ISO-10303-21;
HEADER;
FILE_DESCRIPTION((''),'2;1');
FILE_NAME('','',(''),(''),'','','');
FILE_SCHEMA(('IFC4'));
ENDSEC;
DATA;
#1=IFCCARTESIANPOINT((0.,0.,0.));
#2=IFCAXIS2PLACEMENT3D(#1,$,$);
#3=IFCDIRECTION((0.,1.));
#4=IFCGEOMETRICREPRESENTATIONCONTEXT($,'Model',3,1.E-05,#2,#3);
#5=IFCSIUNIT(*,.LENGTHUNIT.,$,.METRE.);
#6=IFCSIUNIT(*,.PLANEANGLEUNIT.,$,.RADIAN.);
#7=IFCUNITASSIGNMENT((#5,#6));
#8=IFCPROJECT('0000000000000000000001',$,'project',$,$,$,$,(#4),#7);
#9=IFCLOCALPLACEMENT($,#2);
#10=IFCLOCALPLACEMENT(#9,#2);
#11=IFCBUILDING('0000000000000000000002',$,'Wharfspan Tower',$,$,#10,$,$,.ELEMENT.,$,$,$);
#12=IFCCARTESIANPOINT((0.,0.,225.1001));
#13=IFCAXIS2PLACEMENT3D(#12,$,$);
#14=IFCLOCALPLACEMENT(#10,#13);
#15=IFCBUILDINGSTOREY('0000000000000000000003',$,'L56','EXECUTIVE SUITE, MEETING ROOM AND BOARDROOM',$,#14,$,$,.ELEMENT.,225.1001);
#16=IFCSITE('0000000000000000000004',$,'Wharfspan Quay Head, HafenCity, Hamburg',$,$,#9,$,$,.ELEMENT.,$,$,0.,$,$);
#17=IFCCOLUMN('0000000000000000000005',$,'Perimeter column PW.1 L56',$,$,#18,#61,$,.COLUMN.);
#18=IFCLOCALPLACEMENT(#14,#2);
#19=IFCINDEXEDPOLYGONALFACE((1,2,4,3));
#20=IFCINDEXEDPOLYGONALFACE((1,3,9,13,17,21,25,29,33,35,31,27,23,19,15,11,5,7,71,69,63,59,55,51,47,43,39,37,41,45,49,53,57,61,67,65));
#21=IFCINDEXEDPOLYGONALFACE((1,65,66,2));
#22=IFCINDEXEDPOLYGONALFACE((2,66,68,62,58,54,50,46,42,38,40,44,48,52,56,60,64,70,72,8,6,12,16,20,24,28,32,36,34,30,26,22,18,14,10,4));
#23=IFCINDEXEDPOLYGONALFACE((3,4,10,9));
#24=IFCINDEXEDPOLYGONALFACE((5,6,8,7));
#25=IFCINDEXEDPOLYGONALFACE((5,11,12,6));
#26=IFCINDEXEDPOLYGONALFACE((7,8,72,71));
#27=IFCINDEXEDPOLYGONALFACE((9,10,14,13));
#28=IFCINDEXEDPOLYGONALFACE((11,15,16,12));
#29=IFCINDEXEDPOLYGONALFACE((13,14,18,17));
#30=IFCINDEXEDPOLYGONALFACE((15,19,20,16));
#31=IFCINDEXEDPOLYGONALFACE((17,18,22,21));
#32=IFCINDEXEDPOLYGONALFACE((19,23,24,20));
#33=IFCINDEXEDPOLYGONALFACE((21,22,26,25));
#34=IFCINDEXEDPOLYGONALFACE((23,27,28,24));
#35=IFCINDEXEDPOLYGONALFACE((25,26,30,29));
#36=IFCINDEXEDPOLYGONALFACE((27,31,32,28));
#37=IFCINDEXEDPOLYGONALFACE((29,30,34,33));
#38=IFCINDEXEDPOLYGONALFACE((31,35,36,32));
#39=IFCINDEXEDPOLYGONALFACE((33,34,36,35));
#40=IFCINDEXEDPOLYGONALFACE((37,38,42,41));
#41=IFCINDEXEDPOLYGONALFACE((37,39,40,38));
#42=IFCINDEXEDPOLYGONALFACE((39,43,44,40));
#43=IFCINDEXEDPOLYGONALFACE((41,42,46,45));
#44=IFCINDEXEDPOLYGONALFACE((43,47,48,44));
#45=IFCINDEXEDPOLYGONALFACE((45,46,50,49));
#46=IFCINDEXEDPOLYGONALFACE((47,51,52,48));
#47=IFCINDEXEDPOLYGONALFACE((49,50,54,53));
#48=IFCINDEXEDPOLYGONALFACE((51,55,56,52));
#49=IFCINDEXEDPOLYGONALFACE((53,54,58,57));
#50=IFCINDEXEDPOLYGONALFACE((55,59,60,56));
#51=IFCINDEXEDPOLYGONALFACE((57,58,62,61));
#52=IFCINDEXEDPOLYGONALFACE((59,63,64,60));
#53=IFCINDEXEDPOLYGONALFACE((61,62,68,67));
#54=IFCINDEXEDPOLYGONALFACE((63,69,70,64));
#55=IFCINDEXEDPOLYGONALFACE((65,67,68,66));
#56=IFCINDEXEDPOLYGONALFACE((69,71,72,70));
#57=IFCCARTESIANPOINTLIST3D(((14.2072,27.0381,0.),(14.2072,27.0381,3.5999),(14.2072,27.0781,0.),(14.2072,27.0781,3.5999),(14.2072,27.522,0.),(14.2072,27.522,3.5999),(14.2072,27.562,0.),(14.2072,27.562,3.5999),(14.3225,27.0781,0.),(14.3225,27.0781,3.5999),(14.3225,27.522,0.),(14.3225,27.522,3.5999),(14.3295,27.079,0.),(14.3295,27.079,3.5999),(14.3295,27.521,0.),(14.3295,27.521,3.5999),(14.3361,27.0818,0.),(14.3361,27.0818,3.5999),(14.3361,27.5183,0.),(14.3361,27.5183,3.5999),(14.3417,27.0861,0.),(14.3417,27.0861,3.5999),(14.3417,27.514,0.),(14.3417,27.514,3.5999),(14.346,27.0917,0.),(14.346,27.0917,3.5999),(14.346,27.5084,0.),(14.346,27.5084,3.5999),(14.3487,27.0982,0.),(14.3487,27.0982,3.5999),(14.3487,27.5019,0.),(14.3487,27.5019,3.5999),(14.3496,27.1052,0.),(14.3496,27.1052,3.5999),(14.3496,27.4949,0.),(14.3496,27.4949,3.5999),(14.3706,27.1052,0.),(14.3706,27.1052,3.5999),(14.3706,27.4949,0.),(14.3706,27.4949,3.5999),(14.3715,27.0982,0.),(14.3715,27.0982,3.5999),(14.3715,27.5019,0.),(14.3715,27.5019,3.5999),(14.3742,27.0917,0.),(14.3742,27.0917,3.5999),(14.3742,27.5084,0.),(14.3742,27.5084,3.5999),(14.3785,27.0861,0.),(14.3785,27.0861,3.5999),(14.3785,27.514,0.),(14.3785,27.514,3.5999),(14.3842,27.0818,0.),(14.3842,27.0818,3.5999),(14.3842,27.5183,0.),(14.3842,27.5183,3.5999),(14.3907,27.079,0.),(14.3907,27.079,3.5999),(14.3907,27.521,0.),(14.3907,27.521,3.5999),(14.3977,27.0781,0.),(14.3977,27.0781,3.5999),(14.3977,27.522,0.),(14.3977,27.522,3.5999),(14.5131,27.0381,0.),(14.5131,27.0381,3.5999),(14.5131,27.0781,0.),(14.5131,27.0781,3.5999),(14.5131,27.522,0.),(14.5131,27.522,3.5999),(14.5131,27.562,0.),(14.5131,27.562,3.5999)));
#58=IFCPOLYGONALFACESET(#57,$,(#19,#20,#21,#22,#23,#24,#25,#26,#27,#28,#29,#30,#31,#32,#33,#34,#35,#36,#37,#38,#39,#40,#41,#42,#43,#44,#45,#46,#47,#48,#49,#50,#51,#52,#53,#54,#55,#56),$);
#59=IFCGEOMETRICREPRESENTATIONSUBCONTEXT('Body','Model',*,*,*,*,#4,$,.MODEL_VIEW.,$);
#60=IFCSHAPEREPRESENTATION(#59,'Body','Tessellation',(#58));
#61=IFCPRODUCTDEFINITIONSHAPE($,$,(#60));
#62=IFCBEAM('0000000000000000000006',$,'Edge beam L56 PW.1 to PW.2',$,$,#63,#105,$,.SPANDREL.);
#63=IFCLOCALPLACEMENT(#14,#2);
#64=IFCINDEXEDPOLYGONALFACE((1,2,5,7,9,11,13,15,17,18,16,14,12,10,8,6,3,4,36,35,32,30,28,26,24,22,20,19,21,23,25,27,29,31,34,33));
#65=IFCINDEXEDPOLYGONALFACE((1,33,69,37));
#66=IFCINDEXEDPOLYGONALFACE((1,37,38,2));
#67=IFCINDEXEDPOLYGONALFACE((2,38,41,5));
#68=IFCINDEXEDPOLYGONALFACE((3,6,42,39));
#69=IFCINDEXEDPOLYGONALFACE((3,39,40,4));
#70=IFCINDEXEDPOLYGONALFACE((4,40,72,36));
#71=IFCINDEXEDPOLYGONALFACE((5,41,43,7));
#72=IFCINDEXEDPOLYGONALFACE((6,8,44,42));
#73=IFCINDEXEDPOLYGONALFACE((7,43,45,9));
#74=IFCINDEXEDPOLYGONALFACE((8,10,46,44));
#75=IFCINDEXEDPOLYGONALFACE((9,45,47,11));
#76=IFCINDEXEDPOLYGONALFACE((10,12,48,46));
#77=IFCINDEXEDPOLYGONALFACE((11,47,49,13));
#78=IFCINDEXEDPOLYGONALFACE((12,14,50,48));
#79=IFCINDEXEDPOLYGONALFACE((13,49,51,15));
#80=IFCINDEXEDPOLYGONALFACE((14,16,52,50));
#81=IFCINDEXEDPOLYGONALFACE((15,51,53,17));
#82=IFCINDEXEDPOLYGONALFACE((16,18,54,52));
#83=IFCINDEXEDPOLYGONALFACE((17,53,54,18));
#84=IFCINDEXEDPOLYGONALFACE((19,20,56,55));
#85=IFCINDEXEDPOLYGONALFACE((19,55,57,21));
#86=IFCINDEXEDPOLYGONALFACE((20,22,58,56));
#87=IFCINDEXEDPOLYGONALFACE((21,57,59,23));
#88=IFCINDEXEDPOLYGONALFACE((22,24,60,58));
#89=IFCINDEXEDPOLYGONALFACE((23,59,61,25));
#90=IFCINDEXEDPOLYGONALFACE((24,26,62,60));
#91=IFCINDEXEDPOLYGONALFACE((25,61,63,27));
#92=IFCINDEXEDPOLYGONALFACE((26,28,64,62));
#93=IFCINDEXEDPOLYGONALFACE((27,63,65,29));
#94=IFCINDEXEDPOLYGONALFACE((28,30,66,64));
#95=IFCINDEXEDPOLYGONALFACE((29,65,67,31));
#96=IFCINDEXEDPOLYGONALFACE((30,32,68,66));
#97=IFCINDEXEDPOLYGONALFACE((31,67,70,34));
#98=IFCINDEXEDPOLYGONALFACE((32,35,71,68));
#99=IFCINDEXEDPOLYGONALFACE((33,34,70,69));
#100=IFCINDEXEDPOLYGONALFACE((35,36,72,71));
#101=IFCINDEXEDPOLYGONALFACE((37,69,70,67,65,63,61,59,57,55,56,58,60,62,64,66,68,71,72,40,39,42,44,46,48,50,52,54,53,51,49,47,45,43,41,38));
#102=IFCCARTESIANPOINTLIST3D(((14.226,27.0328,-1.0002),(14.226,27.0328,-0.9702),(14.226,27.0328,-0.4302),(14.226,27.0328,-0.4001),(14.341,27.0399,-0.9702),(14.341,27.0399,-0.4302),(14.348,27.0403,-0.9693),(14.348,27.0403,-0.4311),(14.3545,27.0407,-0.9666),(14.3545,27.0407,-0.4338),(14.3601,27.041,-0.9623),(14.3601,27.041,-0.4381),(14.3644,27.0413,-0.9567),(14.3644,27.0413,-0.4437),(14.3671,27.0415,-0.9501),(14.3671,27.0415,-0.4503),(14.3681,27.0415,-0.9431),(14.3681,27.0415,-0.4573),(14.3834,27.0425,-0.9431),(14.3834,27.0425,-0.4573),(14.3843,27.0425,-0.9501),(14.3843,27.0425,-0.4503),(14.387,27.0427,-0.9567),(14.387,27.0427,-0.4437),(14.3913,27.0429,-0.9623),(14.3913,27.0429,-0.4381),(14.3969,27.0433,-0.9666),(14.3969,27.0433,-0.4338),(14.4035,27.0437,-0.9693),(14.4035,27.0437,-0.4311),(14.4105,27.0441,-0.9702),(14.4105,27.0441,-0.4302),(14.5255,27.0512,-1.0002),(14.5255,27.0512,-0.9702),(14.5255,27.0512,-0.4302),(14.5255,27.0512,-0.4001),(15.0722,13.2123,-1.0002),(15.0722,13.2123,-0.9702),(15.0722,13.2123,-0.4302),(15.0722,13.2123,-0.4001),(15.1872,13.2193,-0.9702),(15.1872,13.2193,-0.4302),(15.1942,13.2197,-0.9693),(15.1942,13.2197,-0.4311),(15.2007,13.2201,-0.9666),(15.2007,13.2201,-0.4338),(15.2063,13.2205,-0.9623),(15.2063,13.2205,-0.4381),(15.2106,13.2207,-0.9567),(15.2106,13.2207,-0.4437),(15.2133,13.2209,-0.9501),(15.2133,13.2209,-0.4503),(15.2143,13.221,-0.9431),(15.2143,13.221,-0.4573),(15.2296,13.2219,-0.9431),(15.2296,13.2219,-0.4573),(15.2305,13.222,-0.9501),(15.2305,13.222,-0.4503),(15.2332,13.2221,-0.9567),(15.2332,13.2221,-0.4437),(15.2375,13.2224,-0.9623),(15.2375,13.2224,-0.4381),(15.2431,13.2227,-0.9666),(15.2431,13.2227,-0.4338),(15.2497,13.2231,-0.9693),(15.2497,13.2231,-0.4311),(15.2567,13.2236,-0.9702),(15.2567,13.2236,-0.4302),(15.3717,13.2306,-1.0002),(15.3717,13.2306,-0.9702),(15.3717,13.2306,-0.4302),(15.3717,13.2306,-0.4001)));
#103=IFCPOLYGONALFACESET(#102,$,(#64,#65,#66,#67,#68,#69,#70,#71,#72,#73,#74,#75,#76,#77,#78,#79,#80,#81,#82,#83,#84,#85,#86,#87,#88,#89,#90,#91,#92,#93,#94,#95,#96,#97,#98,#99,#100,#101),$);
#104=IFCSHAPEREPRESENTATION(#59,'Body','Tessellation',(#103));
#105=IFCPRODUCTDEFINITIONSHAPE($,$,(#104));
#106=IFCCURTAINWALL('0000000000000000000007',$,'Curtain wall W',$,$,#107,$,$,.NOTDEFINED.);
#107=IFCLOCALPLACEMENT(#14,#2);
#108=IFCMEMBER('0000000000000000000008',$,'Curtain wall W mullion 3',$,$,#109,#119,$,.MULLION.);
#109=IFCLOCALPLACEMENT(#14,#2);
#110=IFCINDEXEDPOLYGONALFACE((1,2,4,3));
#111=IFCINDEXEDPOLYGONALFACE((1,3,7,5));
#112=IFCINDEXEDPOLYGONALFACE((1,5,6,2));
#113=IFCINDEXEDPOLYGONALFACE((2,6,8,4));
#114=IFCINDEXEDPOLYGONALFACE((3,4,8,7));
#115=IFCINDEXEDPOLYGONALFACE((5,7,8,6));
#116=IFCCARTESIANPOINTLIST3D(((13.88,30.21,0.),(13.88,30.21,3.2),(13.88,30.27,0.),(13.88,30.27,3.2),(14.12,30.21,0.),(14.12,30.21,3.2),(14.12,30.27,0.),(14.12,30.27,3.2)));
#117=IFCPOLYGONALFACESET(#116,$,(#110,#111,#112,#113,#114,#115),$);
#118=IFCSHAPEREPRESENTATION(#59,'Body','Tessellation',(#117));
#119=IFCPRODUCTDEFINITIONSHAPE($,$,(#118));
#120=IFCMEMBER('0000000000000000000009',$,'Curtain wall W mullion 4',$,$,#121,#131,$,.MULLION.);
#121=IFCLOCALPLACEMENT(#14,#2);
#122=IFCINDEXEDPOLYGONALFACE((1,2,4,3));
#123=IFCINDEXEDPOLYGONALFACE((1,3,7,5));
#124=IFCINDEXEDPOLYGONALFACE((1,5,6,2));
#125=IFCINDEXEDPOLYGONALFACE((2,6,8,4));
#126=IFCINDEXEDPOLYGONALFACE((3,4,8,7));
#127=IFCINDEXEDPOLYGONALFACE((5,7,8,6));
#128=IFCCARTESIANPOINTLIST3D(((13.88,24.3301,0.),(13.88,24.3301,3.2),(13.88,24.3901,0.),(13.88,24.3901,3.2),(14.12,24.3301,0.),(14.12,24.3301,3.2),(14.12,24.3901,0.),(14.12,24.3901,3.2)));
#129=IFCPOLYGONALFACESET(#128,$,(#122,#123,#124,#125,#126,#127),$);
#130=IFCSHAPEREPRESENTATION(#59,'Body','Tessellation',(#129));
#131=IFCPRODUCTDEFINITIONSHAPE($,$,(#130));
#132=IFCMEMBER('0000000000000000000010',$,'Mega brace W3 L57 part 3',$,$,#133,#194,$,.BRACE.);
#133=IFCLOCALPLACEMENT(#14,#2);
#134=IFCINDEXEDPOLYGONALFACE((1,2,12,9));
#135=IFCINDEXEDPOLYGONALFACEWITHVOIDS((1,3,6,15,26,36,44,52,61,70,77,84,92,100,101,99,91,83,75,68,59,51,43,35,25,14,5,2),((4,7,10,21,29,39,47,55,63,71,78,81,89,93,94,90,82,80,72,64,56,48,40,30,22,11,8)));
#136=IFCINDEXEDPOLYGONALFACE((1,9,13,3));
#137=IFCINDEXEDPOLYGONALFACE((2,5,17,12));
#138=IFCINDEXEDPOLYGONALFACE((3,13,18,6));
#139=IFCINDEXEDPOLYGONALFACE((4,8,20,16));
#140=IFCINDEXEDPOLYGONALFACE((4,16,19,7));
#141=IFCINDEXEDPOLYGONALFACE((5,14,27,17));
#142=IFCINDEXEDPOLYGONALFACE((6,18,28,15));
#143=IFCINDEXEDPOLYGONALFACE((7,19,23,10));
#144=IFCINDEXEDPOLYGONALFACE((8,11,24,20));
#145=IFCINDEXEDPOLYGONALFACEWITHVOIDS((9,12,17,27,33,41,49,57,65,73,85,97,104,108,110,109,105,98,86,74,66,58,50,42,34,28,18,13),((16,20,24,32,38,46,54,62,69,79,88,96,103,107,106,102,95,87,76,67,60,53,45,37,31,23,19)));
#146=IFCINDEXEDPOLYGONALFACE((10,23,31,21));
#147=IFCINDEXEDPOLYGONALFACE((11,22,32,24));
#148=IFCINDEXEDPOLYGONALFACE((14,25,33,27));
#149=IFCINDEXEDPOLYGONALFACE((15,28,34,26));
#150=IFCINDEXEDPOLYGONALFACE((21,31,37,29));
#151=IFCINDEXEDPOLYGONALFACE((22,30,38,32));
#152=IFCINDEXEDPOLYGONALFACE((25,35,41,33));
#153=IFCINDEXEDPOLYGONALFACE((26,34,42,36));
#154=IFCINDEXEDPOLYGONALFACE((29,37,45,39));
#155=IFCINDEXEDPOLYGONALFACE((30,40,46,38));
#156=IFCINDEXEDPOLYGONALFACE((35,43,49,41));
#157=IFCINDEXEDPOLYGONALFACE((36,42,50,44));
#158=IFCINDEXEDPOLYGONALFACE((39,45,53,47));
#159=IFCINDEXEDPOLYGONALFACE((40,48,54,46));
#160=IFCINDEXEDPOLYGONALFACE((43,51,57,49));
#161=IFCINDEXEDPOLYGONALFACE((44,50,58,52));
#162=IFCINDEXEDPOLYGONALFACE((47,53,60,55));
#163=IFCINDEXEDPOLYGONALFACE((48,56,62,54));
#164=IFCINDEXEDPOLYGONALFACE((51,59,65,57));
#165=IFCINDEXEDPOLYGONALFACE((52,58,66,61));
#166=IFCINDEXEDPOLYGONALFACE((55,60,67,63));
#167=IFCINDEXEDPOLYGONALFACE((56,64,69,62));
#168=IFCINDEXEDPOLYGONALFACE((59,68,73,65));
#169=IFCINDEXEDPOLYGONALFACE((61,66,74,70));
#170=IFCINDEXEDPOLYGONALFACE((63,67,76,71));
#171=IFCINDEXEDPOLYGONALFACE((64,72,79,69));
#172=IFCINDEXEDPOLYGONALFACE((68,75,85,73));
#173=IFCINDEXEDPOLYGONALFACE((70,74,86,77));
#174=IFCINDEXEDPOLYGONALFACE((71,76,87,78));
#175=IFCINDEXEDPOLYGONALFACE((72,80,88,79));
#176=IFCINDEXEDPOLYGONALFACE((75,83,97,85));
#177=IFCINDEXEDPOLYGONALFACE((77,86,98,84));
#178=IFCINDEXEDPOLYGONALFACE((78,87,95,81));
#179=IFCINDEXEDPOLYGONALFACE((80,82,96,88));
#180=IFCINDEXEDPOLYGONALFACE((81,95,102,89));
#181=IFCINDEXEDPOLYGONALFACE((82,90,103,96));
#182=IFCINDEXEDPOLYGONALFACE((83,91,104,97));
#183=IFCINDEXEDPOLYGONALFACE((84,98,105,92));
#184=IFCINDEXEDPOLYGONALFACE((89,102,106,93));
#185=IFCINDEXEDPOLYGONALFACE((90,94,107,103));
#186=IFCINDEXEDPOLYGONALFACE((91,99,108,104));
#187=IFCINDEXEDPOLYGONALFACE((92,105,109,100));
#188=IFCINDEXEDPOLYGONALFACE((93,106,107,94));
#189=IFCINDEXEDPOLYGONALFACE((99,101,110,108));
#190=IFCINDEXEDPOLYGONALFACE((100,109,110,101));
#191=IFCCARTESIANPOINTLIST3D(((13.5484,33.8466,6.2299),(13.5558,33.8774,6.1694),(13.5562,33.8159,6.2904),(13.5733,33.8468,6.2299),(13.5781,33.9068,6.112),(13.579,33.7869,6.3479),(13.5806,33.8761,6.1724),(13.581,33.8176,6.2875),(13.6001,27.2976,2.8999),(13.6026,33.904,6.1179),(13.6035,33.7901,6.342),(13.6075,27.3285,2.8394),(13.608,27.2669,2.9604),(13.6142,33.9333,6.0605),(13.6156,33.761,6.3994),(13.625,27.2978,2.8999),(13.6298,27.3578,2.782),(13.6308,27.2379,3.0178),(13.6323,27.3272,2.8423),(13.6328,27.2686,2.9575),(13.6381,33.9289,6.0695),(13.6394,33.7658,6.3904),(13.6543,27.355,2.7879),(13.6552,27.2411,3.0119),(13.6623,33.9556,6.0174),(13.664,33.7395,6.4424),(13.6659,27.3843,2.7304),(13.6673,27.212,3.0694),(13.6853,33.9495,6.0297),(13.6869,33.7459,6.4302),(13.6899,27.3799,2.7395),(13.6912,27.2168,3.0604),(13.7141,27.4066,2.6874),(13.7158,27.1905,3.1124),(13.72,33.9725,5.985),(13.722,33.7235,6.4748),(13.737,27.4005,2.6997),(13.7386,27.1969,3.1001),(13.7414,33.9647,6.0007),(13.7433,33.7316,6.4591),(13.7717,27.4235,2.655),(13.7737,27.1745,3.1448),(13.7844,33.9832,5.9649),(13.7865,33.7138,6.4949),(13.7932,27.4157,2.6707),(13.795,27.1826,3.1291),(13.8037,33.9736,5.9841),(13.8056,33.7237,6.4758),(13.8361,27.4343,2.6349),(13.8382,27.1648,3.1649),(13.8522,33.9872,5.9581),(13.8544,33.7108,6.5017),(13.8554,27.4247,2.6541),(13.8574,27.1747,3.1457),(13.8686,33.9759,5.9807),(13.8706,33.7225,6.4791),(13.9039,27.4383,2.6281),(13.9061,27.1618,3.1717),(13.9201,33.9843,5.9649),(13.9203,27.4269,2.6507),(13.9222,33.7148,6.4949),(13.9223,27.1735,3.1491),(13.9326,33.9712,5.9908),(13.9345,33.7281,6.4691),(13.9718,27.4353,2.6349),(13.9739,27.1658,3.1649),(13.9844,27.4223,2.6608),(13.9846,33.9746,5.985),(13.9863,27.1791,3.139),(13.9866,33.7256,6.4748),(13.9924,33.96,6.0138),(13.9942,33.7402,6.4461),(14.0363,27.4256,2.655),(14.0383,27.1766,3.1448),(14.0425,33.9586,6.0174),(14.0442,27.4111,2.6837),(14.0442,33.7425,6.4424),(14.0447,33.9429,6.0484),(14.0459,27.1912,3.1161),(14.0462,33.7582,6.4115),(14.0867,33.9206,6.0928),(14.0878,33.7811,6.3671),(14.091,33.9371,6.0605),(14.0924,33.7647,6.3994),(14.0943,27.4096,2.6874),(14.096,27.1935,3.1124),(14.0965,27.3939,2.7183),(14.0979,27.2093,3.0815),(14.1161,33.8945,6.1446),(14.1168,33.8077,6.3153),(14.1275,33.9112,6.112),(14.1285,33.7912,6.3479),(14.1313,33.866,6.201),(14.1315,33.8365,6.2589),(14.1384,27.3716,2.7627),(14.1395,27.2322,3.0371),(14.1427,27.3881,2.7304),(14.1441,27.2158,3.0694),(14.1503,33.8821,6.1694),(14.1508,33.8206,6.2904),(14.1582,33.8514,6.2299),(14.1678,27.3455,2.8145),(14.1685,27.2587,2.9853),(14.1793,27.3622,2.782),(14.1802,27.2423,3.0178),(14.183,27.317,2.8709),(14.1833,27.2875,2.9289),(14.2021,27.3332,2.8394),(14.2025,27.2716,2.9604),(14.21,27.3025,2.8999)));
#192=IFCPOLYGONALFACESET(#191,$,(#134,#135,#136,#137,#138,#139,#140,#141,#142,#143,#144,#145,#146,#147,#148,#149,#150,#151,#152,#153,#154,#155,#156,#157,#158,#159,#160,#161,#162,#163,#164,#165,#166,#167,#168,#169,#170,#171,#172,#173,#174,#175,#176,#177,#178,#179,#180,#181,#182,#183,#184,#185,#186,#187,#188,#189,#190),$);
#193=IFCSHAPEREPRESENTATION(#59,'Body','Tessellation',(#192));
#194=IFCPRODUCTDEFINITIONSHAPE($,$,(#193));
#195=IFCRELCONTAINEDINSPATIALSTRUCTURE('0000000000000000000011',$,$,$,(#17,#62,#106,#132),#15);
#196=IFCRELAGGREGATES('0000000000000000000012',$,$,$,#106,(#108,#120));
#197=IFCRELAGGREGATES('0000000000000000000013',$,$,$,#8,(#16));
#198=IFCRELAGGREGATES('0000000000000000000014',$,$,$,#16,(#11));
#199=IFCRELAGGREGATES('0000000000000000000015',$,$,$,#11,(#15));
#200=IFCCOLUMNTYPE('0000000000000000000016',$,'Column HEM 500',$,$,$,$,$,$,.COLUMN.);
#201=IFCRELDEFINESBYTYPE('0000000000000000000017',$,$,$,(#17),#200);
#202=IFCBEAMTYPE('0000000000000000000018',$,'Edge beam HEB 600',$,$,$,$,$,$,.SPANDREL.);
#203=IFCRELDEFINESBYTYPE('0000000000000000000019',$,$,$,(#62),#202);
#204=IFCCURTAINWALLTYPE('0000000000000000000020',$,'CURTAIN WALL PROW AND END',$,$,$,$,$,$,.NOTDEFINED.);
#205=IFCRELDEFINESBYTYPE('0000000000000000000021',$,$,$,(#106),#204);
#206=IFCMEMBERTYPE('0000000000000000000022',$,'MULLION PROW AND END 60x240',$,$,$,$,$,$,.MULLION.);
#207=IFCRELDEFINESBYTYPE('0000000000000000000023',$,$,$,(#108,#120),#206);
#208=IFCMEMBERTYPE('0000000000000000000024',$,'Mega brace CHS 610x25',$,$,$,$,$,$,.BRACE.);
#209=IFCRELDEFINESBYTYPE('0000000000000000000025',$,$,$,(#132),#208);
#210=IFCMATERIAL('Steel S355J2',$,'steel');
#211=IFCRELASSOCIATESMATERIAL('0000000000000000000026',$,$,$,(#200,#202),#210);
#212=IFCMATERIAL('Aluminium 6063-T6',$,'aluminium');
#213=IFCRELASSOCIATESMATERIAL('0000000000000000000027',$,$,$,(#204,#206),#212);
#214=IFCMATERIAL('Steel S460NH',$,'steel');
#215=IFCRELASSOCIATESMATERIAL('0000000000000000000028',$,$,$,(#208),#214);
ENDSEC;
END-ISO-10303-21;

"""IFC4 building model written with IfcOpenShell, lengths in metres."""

from ifc_helpers import new_model, si_unit, direction, frame, origin, origin_2d, place, context, subcontext, project, spatial, rectangle, hollow_circle, i_section, extrude, material, material_profile, profile_set, type_object, element, aggregate, save


model = new_model("IFC4")

# Units and contexts
model_context = context("Model", 3, precision=1e-05, world=origin(), true_north=direction((0.0, 1.0)))
body_context = subcontext(model_context, "Body", "Model", "MODEL_VIEW")
ifc_project = project(units=[si_unit("LENGTHUNIT", "METRE"), si_unit("PLANEANGLEUNIT", "RADIAN")], contexts=[model_context])

# Site, building, storey
site_placement = place(None, origin())
site = spatial("IfcSite", under=ifc_project, at=site_placement, Name="Wharfspan Quay Head, HafenCity, Hamburg", CompositionType="ELEMENT", RefElevation=0.0)
building_placement = place(site_placement, origin())
building = spatial("IfcBuilding", under=site, at=building_placement, Name="Wharfspan Tower", CompositionType="ELEMENT")
storey_placement = place(building_placement, frame((0.0, 0.0, 225.1001)))
storey = spatial("IfcBuildingStorey", under=building, at=storey_placement, Name="L56", Description="EXECUTIVE SUITE, MEETING ROOM AND BOARDROOM", CompositionType="ELEMENT", Elevation=225.1001)

# Column
ifc_material_1 = material(Name="Steel S355J2", Category="steel")
ifc_material_profile_1 = material_profile(ifc_material_1, i_section(OverallWidth=0.3059, OverallDepth=0.5239, WebThickness=0.021, FlangeThickness=0.04, FilletRadius=0.0271, at=origin_2d()))
ifc_profile_set_1 = profile_set([ifc_material_profile_1], Name="Steel S355J2")
column_type = type_object("IfcColumnType", Name="Column HEM 500", PredefinedType="COLUMN", material=ifc_profile_set_1)
column_placement = place(storey_placement, frame((14.3601, 27.3, 0.0), z_axis=(0.0, 0.0, 1.0), x_axis=(-1.0, 0.0, 0.0)))
element("IfcColumn", 1, at=column_placement, inside=storey, type_object=column_type, Name="Perimeter column PW.1 L56", PredefinedType="COLUMN", context=body_context, shape_type="SweptSolid", body=[
    extrude(i_section(OverallWidth=0.3059, OverallDepth=0.5239, WebThickness=0.021, FlangeThickness=0.04, FilletRadius=0.0271, at=origin_2d()), origin(), (0.0, 0.0, 1.0), 3.5999),
])

# Beam
ifc_material_profile_2 = material_profile(ifc_material_1, i_section(OverallWidth=0.3, OverallDepth=0.6001, WebThickness=0.0154, FlangeThickness=0.03, FilletRadius=0.0271, at=origin_2d()))
ifc_profile_set_2 = profile_set([ifc_material_profile_2], Name="Steel S355J2")
beam_type = type_object("IfcBeamType", Name="Edge beam HEB 600", PredefinedType="SPANDREL", material=ifc_profile_set_2)
beam_placement = place(storey_placement, frame((14.3757, 27.042, -0.7002), z_axis=(0.061113, -0.998131, 0.0), x_axis=(0.998131, 0.061113, 0.0)))
element("IfcBeam", 2, at=beam_placement, inside=storey, type_object=beam_type, Name="Edge beam L56 PW.1 to PW.2", PredefinedType="SPANDREL", context=body_context, shape_type="SweptSolid", body=[
    extrude(i_section(OverallWidth=0.3, OverallDepth=0.6001, WebThickness=0.0154, FlangeThickness=0.03, FilletRadius=0.0271, at=origin_2d()), origin(), (0.0, 0.0, 1.0), 13.8464),
])

# Curtain wall, members
ifc_material_2 = material(Name="Aluminium 6063-T6", Category="aluminium")
curtain_wall_type = type_object("IfcCurtainWallType", Name="CURTAIN WALL PROW AND END", PredefinedType="NOTDEFINED", material=ifc_material_2)
curtain_wall_placement = place(storey_placement, origin())
curtain_wall = element("IfcCurtainWall", 3, at=curtain_wall_placement, inside=storey, type_object=curtain_wall_type, Name="Curtain wall W", PredefinedType="NOTDEFINED")
ifc_material_profile_3 = material_profile(ifc_material_2, rectangle(XDim=0.24, YDim=0.0601, at=origin_2d()))
ifc_profile_set_3 = profile_set([ifc_material_profile_3], Name="Aluminium 6063-T6")
member_type_1 = type_object("IfcMemberType", Name="MULLION PROW AND END 60x240", PredefinedType="MULLION", material=ifc_profile_set_3)
member_1_placement = place(storey_placement, frame((14.0, 30.24, 0.0), z_axis=(0.0, 0.0, 1.0), x_axis=(1.0, 0.0, 0.0)))
member_1 = element("IfcMember", 4, at=member_1_placement, type_object=member_type_1, Name="Curtain wall W mullion 3", PredefinedType="MULLION", context=body_context, shape_type="SweptSolid", body=[
    extrude(rectangle(XDim=0.24, YDim=0.0601, at=origin_2d()), origin(), (0.0, 0.0, 1.0), 3.2),
])
member_2_placement = place(storey_placement, frame((14.0, 24.3601, 0.0), z_axis=(0.0, 0.0, 1.0), x_axis=(1.0, 0.0, 0.0)))
member_2 = element("IfcMember", 5, at=member_2_placement, type_object=member_type_1, Name="Curtain wall W mullion 4", PredefinedType="MULLION", context=body_context, shape_type="SweptSolid", body=[
    extrude(rectangle(XDim=0.24, YDim=0.0601, at=origin_2d()), origin(), (0.0, 0.0, 1.0), 3.2),
])

# Member
ifc_material_3 = material(Name="Steel S460NH", Category="steel")
ifc_material_profile_4 = material_profile(ifc_material_3, hollow_circle(Radius=0.3049, WallThickness=0.0249, at=origin_2d()))
ifc_profile_set_4 = profile_set([ifc_material_profile_4], Name="Steel S460NH")
member_type_2 = type_object("IfcMemberType", Name="Mega brace CHS 610x25", PredefinedType="BRACE", material=ifc_profile_set_4)
member_3_placement = place(storey_placement, frame((13.905, 27.3, 2.8999), z_axis=(-0.007044, 0.891361, 0.45324), x_axis=(-0.999973, -0.007904, 0.000003)))
element("IfcMember", 6, at=member_3_placement, inside=storey, type_object=member_type_2, Name="Mega brace W3 L57 part 3", PredefinedType="BRACE", context=body_context, shape_type="SweptSolid", body=[
    extrude(hollow_circle(Radius=0.3049, WallThickness=0.0249, at=origin_2d()), origin(), (0.0, 0.0, 1.0), 7.3472),
])

aggregate(curtain_wall, [member_1, member_2])

save(model, "model.ifc")
